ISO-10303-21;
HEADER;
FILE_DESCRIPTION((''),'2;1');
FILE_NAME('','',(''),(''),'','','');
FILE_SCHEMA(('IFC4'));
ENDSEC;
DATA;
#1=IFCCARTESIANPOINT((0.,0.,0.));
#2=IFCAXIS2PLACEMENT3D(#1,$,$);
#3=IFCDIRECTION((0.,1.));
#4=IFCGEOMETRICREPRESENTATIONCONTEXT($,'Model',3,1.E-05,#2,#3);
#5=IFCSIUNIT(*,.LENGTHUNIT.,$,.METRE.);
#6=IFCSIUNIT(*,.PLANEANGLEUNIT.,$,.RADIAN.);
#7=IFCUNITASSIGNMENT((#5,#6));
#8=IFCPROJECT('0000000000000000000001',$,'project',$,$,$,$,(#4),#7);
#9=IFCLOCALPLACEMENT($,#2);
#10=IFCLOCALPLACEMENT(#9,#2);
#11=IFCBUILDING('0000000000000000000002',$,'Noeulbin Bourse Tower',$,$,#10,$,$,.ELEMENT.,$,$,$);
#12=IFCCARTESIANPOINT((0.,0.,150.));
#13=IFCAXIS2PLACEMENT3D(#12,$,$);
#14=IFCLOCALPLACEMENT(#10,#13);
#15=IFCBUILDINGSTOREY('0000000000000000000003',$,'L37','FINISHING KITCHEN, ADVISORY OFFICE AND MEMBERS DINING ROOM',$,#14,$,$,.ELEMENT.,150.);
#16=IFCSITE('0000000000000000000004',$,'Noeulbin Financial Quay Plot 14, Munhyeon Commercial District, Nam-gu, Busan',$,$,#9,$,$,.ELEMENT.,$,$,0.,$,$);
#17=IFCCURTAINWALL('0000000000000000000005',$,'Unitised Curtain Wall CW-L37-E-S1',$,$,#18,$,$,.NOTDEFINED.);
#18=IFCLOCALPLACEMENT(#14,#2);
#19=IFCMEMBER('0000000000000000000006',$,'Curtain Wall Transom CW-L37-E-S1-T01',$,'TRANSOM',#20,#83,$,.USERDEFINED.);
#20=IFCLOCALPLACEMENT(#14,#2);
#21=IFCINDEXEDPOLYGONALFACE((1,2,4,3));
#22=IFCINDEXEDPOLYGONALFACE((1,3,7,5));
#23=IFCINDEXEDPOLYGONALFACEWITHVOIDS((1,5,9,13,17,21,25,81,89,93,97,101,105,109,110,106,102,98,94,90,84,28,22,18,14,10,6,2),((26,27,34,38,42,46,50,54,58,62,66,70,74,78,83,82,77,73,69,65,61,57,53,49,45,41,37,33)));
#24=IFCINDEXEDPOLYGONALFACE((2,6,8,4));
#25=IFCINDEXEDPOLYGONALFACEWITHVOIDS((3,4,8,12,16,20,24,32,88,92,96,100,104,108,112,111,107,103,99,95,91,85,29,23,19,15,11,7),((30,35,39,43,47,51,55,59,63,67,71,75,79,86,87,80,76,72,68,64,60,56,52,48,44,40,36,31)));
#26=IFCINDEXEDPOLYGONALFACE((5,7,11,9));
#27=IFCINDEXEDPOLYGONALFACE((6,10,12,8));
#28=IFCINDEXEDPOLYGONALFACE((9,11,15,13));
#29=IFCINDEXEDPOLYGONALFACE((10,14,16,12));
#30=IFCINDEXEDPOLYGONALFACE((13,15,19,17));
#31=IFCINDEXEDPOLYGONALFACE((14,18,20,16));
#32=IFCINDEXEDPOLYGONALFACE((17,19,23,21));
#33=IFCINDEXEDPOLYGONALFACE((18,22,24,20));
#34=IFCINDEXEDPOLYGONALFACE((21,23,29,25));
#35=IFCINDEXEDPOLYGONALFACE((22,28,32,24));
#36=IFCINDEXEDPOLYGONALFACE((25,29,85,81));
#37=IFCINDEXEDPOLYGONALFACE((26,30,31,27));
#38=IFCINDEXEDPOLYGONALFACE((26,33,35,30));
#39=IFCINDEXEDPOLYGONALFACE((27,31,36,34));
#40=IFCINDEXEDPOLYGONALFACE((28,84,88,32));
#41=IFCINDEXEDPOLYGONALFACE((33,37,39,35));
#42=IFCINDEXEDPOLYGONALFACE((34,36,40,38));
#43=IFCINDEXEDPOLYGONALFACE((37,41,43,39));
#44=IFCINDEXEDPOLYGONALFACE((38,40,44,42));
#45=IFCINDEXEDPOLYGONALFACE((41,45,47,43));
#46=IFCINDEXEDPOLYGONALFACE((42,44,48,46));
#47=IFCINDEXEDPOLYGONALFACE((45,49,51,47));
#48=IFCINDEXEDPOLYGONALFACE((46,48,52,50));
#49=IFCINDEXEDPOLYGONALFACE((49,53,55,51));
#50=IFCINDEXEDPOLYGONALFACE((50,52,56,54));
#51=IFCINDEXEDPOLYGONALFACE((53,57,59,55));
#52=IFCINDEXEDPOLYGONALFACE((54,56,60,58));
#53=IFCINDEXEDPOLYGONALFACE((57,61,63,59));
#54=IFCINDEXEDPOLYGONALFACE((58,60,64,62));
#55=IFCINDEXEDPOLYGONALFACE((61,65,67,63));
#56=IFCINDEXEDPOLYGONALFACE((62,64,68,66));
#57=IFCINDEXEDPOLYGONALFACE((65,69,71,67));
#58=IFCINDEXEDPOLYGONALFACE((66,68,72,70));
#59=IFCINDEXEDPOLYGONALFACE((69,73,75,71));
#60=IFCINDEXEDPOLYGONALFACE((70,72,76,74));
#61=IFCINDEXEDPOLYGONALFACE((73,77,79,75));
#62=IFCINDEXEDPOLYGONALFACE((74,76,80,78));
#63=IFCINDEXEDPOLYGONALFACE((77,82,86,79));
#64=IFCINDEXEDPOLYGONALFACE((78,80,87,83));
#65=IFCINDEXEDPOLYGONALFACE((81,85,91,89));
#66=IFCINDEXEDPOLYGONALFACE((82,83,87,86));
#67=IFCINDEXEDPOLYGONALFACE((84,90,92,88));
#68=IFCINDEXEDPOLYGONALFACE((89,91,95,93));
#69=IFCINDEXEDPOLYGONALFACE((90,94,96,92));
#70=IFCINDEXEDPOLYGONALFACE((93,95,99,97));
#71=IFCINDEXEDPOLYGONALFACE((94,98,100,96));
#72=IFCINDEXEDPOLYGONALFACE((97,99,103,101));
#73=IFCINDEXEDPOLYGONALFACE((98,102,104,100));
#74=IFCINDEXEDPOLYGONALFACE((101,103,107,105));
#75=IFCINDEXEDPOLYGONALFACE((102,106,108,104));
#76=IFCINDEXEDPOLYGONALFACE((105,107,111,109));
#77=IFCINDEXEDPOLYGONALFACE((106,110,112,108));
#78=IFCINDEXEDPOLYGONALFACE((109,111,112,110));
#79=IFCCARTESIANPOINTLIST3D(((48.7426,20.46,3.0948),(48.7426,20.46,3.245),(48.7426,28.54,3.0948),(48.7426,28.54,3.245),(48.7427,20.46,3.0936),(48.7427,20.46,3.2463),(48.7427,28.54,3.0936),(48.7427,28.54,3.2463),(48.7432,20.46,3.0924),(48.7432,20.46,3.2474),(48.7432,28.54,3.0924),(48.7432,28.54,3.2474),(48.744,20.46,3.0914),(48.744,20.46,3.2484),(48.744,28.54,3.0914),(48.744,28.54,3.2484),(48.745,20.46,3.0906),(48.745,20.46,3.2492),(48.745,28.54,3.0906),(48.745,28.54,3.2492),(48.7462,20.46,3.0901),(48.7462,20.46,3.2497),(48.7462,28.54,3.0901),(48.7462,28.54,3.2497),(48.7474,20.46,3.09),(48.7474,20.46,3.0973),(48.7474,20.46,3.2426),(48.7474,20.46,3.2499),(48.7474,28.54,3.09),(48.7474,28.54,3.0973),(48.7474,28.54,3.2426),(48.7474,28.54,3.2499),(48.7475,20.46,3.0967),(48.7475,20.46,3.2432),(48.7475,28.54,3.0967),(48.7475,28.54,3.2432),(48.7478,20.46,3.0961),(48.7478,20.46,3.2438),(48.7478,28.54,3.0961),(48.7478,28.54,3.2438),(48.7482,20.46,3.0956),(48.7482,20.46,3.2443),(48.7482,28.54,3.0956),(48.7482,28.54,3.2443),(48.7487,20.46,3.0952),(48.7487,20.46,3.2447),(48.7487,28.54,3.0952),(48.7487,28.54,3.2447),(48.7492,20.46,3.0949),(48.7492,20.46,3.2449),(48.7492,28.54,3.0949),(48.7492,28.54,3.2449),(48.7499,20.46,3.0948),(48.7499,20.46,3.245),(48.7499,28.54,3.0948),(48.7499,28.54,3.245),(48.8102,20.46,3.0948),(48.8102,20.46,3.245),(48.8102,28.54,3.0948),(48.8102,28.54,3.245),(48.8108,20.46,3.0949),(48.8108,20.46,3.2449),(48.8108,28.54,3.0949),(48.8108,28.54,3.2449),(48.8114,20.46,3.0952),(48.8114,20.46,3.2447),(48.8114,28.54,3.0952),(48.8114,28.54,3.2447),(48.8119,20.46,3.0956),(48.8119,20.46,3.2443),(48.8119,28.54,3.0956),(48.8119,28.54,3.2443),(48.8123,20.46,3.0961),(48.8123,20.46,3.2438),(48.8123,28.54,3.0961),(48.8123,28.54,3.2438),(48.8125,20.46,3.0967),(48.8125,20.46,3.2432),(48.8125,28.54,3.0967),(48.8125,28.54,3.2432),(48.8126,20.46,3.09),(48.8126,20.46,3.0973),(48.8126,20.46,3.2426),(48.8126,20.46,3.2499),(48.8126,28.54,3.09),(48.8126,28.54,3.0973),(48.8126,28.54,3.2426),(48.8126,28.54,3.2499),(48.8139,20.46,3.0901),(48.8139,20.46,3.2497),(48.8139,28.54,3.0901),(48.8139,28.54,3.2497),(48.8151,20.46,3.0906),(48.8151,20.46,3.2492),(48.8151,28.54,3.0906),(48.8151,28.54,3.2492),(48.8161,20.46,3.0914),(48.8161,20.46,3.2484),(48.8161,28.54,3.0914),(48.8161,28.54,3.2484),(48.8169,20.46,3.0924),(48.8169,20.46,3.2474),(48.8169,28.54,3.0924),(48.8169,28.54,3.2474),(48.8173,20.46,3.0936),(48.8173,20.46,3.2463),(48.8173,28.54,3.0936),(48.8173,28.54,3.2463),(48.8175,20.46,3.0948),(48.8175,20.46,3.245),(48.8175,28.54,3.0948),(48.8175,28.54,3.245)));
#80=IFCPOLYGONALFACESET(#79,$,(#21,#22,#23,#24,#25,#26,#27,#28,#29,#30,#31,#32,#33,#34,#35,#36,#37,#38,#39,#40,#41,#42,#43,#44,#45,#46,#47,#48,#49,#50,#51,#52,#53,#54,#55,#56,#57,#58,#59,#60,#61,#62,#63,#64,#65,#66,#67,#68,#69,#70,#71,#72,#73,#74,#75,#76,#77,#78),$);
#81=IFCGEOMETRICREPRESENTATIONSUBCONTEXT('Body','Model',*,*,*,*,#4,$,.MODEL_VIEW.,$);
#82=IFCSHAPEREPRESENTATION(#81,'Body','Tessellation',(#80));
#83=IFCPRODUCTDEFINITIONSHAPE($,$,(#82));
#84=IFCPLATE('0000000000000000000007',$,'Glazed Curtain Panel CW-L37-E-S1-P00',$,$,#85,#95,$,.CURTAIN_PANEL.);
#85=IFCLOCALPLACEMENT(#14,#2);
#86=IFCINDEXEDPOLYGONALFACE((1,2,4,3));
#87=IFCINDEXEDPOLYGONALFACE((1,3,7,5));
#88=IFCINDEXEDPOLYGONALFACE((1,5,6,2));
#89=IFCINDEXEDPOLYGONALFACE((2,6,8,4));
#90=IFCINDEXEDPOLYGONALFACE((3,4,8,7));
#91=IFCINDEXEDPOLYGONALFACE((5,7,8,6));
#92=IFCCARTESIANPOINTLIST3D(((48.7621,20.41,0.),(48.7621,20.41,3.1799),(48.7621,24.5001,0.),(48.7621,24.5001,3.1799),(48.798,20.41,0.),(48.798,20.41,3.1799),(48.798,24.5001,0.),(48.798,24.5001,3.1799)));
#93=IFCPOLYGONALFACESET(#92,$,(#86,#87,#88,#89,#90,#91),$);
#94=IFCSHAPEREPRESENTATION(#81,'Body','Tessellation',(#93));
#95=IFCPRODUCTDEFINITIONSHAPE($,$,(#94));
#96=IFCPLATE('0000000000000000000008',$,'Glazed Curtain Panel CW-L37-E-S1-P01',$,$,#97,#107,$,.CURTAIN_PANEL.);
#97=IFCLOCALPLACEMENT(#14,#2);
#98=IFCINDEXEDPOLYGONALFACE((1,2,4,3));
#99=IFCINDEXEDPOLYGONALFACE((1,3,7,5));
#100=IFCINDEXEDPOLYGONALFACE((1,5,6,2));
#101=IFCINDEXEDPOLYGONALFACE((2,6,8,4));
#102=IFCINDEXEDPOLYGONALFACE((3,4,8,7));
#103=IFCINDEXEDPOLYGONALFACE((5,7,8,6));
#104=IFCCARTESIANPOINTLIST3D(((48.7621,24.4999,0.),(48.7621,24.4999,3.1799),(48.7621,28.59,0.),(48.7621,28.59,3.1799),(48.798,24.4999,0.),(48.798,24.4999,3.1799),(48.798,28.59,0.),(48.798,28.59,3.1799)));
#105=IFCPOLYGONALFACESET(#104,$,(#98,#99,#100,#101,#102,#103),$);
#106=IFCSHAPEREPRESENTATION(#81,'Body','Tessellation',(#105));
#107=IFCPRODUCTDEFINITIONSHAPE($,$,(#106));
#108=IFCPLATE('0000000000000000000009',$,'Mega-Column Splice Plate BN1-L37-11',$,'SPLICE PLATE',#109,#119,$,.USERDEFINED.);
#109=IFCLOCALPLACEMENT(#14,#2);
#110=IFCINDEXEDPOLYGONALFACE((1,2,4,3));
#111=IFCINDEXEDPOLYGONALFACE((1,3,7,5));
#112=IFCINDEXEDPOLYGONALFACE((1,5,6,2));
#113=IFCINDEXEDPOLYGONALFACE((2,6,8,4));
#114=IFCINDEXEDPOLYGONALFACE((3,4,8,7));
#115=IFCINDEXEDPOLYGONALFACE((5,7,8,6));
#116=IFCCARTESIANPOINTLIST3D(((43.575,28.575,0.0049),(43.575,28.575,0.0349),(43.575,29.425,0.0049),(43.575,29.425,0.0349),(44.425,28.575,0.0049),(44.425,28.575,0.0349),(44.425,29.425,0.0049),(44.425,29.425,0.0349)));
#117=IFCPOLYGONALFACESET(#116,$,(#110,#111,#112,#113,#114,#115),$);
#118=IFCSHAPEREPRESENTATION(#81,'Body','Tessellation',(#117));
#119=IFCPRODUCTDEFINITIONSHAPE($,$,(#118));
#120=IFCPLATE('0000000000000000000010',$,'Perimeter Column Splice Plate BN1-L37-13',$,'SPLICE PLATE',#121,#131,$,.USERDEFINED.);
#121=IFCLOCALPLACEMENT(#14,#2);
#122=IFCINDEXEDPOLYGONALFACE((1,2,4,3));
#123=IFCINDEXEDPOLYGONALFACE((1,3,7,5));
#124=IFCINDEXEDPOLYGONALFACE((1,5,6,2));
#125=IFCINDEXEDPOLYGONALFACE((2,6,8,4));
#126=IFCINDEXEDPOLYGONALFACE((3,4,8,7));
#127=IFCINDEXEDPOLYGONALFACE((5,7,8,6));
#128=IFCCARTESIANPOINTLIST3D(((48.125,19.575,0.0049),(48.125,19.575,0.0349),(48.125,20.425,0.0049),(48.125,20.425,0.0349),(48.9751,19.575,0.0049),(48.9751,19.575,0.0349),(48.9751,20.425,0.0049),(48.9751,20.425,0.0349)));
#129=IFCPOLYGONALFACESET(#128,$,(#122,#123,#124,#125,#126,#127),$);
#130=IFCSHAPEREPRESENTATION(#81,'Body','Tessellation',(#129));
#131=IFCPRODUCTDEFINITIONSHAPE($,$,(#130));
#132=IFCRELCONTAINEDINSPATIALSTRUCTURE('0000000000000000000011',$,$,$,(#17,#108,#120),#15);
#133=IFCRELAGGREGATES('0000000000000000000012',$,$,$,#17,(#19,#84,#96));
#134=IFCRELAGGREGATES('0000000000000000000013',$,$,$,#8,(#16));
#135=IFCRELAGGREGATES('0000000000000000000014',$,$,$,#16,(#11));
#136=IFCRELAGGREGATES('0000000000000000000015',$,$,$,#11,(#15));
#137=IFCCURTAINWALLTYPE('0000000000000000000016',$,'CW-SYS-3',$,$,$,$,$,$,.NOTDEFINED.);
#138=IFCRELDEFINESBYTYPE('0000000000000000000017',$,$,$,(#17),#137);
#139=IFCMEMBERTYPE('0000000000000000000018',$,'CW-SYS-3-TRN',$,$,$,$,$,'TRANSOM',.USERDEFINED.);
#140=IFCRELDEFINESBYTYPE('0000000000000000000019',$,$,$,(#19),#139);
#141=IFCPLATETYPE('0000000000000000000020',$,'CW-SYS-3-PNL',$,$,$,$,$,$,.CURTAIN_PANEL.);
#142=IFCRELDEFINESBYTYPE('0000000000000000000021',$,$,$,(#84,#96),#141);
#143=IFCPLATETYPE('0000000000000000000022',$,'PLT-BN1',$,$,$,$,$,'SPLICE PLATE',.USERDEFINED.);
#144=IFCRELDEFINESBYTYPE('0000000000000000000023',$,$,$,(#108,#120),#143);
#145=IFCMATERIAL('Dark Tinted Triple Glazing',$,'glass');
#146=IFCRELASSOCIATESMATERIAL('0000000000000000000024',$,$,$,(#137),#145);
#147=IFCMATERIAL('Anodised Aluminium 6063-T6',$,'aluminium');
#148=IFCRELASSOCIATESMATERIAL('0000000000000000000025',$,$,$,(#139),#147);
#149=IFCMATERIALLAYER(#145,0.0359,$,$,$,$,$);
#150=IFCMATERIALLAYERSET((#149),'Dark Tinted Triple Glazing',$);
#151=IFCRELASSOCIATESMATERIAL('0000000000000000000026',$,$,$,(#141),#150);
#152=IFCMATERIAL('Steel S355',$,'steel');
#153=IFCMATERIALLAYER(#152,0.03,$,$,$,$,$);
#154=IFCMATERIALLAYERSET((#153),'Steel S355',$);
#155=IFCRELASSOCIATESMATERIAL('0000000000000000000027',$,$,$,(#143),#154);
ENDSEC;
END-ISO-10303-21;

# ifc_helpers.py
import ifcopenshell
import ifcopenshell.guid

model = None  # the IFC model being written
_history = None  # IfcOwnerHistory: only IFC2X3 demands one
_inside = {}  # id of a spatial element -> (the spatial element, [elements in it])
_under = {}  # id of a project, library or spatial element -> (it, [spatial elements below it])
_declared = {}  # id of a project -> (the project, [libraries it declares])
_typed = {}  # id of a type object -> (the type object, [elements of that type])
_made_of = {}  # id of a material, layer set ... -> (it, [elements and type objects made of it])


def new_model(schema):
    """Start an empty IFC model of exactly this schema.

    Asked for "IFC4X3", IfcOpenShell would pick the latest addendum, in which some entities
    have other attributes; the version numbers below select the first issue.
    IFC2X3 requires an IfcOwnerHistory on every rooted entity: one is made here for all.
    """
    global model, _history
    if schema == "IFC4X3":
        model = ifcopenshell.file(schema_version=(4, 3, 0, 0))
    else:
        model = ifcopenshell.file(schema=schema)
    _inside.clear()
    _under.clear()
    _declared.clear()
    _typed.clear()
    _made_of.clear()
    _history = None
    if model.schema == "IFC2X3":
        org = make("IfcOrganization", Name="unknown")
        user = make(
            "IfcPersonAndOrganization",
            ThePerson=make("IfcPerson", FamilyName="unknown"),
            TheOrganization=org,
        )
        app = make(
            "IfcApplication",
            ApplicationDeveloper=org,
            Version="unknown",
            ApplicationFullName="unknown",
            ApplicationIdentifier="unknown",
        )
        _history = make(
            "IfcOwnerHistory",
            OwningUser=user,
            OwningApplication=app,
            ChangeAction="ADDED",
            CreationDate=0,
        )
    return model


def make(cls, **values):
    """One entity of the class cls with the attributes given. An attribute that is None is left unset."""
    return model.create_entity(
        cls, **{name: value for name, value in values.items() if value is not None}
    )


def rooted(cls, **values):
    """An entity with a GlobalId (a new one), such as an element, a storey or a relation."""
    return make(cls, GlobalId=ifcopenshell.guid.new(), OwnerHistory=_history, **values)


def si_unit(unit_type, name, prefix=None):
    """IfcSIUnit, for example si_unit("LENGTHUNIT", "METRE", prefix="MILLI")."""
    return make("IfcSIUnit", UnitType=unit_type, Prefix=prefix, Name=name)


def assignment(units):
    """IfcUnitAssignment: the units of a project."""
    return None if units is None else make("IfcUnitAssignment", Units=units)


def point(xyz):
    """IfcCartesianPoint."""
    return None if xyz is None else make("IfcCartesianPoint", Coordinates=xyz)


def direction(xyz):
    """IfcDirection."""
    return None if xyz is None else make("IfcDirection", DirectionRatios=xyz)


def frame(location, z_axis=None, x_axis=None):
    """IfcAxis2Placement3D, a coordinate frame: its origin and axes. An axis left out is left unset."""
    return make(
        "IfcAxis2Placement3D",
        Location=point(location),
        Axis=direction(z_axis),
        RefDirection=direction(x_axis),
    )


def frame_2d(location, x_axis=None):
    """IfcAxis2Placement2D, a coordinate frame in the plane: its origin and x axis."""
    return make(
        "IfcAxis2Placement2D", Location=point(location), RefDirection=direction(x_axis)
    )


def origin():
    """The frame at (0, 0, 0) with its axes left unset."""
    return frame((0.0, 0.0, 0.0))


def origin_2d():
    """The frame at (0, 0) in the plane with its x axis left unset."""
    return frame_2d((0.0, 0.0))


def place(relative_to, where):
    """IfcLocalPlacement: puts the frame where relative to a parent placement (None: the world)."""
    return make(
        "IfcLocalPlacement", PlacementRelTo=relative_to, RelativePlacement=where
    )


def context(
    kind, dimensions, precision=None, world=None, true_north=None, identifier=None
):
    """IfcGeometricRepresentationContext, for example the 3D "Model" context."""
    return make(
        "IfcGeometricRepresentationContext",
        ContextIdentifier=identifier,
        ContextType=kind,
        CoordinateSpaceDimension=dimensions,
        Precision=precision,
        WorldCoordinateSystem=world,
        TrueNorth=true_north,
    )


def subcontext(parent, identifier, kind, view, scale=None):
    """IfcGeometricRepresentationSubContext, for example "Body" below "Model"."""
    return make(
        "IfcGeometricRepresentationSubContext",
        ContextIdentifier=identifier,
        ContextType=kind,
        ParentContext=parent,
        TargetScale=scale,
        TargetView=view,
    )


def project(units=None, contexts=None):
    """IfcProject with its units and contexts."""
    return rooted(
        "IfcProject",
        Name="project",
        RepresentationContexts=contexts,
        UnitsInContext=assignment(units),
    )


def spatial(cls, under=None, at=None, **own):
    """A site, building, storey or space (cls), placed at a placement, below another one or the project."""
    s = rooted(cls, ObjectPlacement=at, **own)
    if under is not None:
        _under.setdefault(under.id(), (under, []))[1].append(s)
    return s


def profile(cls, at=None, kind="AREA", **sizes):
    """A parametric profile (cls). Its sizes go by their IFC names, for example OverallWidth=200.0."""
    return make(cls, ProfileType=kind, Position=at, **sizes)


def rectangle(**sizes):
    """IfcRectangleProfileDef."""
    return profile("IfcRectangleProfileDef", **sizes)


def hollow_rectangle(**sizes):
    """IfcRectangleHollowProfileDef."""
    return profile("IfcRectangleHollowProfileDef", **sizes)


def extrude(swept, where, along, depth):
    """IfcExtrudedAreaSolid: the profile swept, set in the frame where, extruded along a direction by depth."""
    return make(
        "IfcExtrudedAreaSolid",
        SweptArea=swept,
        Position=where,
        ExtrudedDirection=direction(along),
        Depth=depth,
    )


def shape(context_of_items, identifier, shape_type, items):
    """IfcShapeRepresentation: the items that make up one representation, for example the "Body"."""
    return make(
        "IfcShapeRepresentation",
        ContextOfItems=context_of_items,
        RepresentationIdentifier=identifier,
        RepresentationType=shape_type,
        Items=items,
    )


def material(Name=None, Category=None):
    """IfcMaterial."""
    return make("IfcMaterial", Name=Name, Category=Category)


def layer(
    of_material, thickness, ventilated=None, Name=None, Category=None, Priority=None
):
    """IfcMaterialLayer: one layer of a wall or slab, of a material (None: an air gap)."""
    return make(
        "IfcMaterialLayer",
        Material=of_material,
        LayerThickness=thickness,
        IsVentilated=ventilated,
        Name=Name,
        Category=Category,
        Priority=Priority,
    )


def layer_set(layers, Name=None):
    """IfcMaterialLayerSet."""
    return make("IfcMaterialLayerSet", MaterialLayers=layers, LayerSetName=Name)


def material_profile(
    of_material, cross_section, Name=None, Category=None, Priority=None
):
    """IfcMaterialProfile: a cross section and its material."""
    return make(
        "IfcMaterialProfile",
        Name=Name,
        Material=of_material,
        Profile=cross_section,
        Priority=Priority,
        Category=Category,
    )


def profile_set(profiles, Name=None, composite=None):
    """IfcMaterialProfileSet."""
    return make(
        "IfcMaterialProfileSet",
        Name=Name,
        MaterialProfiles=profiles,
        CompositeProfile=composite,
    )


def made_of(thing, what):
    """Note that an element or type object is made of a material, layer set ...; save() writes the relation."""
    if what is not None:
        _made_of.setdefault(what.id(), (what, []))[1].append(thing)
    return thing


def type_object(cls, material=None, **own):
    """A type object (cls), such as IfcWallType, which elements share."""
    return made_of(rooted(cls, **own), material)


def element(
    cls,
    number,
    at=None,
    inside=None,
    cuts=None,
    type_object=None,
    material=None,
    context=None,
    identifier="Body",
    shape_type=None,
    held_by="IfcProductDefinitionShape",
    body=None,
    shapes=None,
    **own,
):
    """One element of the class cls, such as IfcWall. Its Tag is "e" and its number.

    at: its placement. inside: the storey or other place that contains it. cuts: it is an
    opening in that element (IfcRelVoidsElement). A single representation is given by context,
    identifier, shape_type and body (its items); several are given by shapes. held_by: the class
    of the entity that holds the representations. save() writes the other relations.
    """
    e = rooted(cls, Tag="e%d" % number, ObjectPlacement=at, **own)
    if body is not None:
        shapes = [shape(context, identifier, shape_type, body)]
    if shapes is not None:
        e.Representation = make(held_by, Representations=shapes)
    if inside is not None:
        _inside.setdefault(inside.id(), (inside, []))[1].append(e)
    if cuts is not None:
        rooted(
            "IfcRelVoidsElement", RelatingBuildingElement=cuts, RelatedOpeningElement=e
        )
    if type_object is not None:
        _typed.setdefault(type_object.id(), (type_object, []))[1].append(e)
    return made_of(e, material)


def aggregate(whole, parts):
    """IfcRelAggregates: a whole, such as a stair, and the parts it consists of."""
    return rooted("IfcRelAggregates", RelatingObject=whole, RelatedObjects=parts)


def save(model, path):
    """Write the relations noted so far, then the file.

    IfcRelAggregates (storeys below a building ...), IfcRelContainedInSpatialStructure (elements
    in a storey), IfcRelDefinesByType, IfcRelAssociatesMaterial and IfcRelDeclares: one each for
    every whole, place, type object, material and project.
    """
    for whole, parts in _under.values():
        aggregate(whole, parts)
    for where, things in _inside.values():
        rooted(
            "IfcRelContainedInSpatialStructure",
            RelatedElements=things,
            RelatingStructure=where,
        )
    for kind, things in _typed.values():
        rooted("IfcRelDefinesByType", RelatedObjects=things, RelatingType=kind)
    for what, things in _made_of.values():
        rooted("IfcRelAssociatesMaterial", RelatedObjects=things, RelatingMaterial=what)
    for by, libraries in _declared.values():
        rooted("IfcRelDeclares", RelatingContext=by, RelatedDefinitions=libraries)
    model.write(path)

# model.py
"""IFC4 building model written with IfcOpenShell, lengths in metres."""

from ifc_helpers import new_model, si_unit, direction, frame, origin, origin_2d, place, context, subcontext, project, spatial, rectangle, hollow_rectangle, extrude, material, layer, layer_set, material_profile, profile_set, type_object, element, aggregate, save


model = new_model("IFC4")

# Units and contexts
model_context = context("Model", 3, precision=1e-05, world=origin(), true_north=direction((0.0, 1.0)))
body_context = subcontext(model_context, "Body", "Model", "MODEL_VIEW")
ifc_project = project(units=[si_unit("LENGTHUNIT", "METRE"), si_unit("PLANEANGLEUNIT", "RADIAN")], contexts=[model_context])

# Site, building, storey
site_placement = place(None, origin())
site = spatial("IfcSite", under=ifc_project, at=site_placement, Name="Noeulbin Financial Quay Plot 14, Munhyeon Commercial District, Nam-gu, Busan", CompositionType="ELEMENT", RefElevation=0.0)
building_placement = place(site_placement, origin())
building = spatial("IfcBuilding", under=site, at=building_placement, Name="Noeulbin Bourse Tower", CompositionType="ELEMENT")
storey_placement = place(building_placement, frame((0.0, 0.0, 150.0)))
storey = spatial("IfcBuildingStorey", under=building, at=storey_placement, Name="L37", Description="FINISHING KITCHEN, ADVISORY OFFICE AND MEMBERS DINING ROOM", CompositionType="ELEMENT", Elevation=150.0)

# Shared definitions
ifc_material_1 = material(Name="Steel S355", Category="steel")

# Curtain wall, member, plates
ifc_material_2 = material(Name="Dark Tinted Triple Glazing", Category="glass")
curtain_wall_type = type_object("IfcCurtainWallType", Name="CW-SYS-3", PredefinedType="NOTDEFINED", material=ifc_material_2)
curtain_wall_placement = place(storey_placement, origin())
curtain_wall = element("IfcCurtainWall", 1, at=curtain_wall_placement, inside=storey, type_object=curtain_wall_type, Name="Unitised Curtain Wall CW-L37-E-S1", PredefinedType="NOTDEFINED")
ifc_material_3 = material(Name="Anodised Aluminium 6063-T6", Category="aluminium")
ifc_material_profile_1 = material_profile(ifc_material_3, hollow_rectangle(XDim=0.075, YDim=0.1599, WallThickness=0.0049, InnerFilletRadius=0.0024, OuterFilletRadius=0.0049, at=origin_2d()), Name="ALU-TRAN-75x160x5", Category="LoadBearing")
ifc_profile_set_1 = profile_set([ifc_material_profile_1], Name="Anodised Aluminium 6063-T6")
member_type_1 = type_object("IfcMemberType", Name="CW-SYS-3-TRN", ElementType="TRANSOM", PredefinedType="USERDEFINED", material=ifc_profile_set_1)
member_1_placement = place(storey_placement, frame((48.78, 20.46, 3.1699), z_axis=(0.0, 1.0, 0.0), x_axis=(-1.0, 0.0, 0.0)))
member_1 = element("IfcMember", 2, at=member_1_placement, type_object=member_type_1, Name="Curtain Wall Transom CW-L37-E-S1-T01", ObjectType="TRANSOM", PredefinedType="USERDEFINED", context=body_context, shape_type="SweptSolid", body=[
    extrude(hollow_rectangle(XDim=0.075, YDim=0.1599, WallThickness=0.0049, InnerFilletRadius=0.0024, OuterFilletRadius=0.0049, at=origin_2d()), origin(), (0.0, 0.0, 1.0), 8.0801),
])
ifc_layer_1 = layer(ifc_material_2, 0.0359)
ifc_layer_set_1 = layer_set([ifc_layer_1], Name="Dark Tinted Triple Glazing")
plate_type_1 = type_object("IfcPlateType", Name="CW-SYS-3-PNL", PredefinedType="CURTAIN_PANEL", material=ifc_layer_set_1)
plate_1_placement = place(storey_placement, frame((48.78, 22.4551, 0.0), z_axis=(0.0, 0.0, 1.0), x_axis=(0.0, 1.0, 0.0)))
plate_1 = element("IfcPlate", 3, at=plate_1_placement, type_object=plate_type_1, Name="Glazed Curtain Panel CW-L37-E-S1-P00", PredefinedType="CURTAIN_PANEL", context=body_context, shape_type="SweptSolid", body=[
    extrude(rectangle(XDim=4.0901, YDim=0.0359, at=origin_2d()), origin(), (0.0, 0.0, 1.0), 3.1799),
])
plate_2_placement = place(storey_placement, frame((48.78, 26.5449, 0.0), z_axis=(0.0, 0.0, 1.0), x_axis=(0.0, 1.0, 0.0)))
plate_2 = element("IfcPlate", 4, at=plate_2_placement, type_object=plate_type_1, Name="Glazed Curtain Panel CW-L37-E-S1-P01", PredefinedType="CURTAIN_PANEL", context=body_context, shape_type="SweptSolid", body=[
    extrude(rectangle(XDim=4.0901, YDim=0.0359, at=origin_2d()), origin(), (0.0, 0.0, 1.0), 3.1799),
])
aggregate(curtain_wall, [member_1, plate_1, plate_2])

# Plates
ifc_layer_2 = layer(ifc_material_1, 0.03)
ifc_layer_set_2 = layer_set([ifc_layer_2], Name="Steel S355")
plate_type_2 = type_object("IfcPlateType", Name="PLT-BN1", ElementType="SPLICE PLATE", PredefinedType="USERDEFINED", material=ifc_layer_set_2)
for number, where, z_axis, x_axis, name in (
    (5, (44.0, 29.0, 0.0049), (0.0, 0.0, 1.0), (1.0, 0.0, 0.0), "Mega-Column Splice Plate BN1-L37-11"),
    (6, (48.55, 20.0, 0.0049), (0.0, 0.0, 1.0), (1.0, 0.0, 0.0), "Perimeter Column Splice Plate BN1-L37-13"),
):
    element("IfcPlate", number, at=place(storey_placement, frame(where, z_axis=z_axis, x_axis=x_axis)), inside=storey, type_object=plate_type_2, Name=name, ObjectType="SPLICE PLATE", PredefinedType="USERDEFINED", context=body_context, shape_type="SweptSolid", body=[
        extrude(rectangle(XDim=0.8501, YDim=0.8501, at=origin_2d()), origin(), (0.0, 0.0, 1.0), 0.03),
    ])

save(model, "model.ifc")
